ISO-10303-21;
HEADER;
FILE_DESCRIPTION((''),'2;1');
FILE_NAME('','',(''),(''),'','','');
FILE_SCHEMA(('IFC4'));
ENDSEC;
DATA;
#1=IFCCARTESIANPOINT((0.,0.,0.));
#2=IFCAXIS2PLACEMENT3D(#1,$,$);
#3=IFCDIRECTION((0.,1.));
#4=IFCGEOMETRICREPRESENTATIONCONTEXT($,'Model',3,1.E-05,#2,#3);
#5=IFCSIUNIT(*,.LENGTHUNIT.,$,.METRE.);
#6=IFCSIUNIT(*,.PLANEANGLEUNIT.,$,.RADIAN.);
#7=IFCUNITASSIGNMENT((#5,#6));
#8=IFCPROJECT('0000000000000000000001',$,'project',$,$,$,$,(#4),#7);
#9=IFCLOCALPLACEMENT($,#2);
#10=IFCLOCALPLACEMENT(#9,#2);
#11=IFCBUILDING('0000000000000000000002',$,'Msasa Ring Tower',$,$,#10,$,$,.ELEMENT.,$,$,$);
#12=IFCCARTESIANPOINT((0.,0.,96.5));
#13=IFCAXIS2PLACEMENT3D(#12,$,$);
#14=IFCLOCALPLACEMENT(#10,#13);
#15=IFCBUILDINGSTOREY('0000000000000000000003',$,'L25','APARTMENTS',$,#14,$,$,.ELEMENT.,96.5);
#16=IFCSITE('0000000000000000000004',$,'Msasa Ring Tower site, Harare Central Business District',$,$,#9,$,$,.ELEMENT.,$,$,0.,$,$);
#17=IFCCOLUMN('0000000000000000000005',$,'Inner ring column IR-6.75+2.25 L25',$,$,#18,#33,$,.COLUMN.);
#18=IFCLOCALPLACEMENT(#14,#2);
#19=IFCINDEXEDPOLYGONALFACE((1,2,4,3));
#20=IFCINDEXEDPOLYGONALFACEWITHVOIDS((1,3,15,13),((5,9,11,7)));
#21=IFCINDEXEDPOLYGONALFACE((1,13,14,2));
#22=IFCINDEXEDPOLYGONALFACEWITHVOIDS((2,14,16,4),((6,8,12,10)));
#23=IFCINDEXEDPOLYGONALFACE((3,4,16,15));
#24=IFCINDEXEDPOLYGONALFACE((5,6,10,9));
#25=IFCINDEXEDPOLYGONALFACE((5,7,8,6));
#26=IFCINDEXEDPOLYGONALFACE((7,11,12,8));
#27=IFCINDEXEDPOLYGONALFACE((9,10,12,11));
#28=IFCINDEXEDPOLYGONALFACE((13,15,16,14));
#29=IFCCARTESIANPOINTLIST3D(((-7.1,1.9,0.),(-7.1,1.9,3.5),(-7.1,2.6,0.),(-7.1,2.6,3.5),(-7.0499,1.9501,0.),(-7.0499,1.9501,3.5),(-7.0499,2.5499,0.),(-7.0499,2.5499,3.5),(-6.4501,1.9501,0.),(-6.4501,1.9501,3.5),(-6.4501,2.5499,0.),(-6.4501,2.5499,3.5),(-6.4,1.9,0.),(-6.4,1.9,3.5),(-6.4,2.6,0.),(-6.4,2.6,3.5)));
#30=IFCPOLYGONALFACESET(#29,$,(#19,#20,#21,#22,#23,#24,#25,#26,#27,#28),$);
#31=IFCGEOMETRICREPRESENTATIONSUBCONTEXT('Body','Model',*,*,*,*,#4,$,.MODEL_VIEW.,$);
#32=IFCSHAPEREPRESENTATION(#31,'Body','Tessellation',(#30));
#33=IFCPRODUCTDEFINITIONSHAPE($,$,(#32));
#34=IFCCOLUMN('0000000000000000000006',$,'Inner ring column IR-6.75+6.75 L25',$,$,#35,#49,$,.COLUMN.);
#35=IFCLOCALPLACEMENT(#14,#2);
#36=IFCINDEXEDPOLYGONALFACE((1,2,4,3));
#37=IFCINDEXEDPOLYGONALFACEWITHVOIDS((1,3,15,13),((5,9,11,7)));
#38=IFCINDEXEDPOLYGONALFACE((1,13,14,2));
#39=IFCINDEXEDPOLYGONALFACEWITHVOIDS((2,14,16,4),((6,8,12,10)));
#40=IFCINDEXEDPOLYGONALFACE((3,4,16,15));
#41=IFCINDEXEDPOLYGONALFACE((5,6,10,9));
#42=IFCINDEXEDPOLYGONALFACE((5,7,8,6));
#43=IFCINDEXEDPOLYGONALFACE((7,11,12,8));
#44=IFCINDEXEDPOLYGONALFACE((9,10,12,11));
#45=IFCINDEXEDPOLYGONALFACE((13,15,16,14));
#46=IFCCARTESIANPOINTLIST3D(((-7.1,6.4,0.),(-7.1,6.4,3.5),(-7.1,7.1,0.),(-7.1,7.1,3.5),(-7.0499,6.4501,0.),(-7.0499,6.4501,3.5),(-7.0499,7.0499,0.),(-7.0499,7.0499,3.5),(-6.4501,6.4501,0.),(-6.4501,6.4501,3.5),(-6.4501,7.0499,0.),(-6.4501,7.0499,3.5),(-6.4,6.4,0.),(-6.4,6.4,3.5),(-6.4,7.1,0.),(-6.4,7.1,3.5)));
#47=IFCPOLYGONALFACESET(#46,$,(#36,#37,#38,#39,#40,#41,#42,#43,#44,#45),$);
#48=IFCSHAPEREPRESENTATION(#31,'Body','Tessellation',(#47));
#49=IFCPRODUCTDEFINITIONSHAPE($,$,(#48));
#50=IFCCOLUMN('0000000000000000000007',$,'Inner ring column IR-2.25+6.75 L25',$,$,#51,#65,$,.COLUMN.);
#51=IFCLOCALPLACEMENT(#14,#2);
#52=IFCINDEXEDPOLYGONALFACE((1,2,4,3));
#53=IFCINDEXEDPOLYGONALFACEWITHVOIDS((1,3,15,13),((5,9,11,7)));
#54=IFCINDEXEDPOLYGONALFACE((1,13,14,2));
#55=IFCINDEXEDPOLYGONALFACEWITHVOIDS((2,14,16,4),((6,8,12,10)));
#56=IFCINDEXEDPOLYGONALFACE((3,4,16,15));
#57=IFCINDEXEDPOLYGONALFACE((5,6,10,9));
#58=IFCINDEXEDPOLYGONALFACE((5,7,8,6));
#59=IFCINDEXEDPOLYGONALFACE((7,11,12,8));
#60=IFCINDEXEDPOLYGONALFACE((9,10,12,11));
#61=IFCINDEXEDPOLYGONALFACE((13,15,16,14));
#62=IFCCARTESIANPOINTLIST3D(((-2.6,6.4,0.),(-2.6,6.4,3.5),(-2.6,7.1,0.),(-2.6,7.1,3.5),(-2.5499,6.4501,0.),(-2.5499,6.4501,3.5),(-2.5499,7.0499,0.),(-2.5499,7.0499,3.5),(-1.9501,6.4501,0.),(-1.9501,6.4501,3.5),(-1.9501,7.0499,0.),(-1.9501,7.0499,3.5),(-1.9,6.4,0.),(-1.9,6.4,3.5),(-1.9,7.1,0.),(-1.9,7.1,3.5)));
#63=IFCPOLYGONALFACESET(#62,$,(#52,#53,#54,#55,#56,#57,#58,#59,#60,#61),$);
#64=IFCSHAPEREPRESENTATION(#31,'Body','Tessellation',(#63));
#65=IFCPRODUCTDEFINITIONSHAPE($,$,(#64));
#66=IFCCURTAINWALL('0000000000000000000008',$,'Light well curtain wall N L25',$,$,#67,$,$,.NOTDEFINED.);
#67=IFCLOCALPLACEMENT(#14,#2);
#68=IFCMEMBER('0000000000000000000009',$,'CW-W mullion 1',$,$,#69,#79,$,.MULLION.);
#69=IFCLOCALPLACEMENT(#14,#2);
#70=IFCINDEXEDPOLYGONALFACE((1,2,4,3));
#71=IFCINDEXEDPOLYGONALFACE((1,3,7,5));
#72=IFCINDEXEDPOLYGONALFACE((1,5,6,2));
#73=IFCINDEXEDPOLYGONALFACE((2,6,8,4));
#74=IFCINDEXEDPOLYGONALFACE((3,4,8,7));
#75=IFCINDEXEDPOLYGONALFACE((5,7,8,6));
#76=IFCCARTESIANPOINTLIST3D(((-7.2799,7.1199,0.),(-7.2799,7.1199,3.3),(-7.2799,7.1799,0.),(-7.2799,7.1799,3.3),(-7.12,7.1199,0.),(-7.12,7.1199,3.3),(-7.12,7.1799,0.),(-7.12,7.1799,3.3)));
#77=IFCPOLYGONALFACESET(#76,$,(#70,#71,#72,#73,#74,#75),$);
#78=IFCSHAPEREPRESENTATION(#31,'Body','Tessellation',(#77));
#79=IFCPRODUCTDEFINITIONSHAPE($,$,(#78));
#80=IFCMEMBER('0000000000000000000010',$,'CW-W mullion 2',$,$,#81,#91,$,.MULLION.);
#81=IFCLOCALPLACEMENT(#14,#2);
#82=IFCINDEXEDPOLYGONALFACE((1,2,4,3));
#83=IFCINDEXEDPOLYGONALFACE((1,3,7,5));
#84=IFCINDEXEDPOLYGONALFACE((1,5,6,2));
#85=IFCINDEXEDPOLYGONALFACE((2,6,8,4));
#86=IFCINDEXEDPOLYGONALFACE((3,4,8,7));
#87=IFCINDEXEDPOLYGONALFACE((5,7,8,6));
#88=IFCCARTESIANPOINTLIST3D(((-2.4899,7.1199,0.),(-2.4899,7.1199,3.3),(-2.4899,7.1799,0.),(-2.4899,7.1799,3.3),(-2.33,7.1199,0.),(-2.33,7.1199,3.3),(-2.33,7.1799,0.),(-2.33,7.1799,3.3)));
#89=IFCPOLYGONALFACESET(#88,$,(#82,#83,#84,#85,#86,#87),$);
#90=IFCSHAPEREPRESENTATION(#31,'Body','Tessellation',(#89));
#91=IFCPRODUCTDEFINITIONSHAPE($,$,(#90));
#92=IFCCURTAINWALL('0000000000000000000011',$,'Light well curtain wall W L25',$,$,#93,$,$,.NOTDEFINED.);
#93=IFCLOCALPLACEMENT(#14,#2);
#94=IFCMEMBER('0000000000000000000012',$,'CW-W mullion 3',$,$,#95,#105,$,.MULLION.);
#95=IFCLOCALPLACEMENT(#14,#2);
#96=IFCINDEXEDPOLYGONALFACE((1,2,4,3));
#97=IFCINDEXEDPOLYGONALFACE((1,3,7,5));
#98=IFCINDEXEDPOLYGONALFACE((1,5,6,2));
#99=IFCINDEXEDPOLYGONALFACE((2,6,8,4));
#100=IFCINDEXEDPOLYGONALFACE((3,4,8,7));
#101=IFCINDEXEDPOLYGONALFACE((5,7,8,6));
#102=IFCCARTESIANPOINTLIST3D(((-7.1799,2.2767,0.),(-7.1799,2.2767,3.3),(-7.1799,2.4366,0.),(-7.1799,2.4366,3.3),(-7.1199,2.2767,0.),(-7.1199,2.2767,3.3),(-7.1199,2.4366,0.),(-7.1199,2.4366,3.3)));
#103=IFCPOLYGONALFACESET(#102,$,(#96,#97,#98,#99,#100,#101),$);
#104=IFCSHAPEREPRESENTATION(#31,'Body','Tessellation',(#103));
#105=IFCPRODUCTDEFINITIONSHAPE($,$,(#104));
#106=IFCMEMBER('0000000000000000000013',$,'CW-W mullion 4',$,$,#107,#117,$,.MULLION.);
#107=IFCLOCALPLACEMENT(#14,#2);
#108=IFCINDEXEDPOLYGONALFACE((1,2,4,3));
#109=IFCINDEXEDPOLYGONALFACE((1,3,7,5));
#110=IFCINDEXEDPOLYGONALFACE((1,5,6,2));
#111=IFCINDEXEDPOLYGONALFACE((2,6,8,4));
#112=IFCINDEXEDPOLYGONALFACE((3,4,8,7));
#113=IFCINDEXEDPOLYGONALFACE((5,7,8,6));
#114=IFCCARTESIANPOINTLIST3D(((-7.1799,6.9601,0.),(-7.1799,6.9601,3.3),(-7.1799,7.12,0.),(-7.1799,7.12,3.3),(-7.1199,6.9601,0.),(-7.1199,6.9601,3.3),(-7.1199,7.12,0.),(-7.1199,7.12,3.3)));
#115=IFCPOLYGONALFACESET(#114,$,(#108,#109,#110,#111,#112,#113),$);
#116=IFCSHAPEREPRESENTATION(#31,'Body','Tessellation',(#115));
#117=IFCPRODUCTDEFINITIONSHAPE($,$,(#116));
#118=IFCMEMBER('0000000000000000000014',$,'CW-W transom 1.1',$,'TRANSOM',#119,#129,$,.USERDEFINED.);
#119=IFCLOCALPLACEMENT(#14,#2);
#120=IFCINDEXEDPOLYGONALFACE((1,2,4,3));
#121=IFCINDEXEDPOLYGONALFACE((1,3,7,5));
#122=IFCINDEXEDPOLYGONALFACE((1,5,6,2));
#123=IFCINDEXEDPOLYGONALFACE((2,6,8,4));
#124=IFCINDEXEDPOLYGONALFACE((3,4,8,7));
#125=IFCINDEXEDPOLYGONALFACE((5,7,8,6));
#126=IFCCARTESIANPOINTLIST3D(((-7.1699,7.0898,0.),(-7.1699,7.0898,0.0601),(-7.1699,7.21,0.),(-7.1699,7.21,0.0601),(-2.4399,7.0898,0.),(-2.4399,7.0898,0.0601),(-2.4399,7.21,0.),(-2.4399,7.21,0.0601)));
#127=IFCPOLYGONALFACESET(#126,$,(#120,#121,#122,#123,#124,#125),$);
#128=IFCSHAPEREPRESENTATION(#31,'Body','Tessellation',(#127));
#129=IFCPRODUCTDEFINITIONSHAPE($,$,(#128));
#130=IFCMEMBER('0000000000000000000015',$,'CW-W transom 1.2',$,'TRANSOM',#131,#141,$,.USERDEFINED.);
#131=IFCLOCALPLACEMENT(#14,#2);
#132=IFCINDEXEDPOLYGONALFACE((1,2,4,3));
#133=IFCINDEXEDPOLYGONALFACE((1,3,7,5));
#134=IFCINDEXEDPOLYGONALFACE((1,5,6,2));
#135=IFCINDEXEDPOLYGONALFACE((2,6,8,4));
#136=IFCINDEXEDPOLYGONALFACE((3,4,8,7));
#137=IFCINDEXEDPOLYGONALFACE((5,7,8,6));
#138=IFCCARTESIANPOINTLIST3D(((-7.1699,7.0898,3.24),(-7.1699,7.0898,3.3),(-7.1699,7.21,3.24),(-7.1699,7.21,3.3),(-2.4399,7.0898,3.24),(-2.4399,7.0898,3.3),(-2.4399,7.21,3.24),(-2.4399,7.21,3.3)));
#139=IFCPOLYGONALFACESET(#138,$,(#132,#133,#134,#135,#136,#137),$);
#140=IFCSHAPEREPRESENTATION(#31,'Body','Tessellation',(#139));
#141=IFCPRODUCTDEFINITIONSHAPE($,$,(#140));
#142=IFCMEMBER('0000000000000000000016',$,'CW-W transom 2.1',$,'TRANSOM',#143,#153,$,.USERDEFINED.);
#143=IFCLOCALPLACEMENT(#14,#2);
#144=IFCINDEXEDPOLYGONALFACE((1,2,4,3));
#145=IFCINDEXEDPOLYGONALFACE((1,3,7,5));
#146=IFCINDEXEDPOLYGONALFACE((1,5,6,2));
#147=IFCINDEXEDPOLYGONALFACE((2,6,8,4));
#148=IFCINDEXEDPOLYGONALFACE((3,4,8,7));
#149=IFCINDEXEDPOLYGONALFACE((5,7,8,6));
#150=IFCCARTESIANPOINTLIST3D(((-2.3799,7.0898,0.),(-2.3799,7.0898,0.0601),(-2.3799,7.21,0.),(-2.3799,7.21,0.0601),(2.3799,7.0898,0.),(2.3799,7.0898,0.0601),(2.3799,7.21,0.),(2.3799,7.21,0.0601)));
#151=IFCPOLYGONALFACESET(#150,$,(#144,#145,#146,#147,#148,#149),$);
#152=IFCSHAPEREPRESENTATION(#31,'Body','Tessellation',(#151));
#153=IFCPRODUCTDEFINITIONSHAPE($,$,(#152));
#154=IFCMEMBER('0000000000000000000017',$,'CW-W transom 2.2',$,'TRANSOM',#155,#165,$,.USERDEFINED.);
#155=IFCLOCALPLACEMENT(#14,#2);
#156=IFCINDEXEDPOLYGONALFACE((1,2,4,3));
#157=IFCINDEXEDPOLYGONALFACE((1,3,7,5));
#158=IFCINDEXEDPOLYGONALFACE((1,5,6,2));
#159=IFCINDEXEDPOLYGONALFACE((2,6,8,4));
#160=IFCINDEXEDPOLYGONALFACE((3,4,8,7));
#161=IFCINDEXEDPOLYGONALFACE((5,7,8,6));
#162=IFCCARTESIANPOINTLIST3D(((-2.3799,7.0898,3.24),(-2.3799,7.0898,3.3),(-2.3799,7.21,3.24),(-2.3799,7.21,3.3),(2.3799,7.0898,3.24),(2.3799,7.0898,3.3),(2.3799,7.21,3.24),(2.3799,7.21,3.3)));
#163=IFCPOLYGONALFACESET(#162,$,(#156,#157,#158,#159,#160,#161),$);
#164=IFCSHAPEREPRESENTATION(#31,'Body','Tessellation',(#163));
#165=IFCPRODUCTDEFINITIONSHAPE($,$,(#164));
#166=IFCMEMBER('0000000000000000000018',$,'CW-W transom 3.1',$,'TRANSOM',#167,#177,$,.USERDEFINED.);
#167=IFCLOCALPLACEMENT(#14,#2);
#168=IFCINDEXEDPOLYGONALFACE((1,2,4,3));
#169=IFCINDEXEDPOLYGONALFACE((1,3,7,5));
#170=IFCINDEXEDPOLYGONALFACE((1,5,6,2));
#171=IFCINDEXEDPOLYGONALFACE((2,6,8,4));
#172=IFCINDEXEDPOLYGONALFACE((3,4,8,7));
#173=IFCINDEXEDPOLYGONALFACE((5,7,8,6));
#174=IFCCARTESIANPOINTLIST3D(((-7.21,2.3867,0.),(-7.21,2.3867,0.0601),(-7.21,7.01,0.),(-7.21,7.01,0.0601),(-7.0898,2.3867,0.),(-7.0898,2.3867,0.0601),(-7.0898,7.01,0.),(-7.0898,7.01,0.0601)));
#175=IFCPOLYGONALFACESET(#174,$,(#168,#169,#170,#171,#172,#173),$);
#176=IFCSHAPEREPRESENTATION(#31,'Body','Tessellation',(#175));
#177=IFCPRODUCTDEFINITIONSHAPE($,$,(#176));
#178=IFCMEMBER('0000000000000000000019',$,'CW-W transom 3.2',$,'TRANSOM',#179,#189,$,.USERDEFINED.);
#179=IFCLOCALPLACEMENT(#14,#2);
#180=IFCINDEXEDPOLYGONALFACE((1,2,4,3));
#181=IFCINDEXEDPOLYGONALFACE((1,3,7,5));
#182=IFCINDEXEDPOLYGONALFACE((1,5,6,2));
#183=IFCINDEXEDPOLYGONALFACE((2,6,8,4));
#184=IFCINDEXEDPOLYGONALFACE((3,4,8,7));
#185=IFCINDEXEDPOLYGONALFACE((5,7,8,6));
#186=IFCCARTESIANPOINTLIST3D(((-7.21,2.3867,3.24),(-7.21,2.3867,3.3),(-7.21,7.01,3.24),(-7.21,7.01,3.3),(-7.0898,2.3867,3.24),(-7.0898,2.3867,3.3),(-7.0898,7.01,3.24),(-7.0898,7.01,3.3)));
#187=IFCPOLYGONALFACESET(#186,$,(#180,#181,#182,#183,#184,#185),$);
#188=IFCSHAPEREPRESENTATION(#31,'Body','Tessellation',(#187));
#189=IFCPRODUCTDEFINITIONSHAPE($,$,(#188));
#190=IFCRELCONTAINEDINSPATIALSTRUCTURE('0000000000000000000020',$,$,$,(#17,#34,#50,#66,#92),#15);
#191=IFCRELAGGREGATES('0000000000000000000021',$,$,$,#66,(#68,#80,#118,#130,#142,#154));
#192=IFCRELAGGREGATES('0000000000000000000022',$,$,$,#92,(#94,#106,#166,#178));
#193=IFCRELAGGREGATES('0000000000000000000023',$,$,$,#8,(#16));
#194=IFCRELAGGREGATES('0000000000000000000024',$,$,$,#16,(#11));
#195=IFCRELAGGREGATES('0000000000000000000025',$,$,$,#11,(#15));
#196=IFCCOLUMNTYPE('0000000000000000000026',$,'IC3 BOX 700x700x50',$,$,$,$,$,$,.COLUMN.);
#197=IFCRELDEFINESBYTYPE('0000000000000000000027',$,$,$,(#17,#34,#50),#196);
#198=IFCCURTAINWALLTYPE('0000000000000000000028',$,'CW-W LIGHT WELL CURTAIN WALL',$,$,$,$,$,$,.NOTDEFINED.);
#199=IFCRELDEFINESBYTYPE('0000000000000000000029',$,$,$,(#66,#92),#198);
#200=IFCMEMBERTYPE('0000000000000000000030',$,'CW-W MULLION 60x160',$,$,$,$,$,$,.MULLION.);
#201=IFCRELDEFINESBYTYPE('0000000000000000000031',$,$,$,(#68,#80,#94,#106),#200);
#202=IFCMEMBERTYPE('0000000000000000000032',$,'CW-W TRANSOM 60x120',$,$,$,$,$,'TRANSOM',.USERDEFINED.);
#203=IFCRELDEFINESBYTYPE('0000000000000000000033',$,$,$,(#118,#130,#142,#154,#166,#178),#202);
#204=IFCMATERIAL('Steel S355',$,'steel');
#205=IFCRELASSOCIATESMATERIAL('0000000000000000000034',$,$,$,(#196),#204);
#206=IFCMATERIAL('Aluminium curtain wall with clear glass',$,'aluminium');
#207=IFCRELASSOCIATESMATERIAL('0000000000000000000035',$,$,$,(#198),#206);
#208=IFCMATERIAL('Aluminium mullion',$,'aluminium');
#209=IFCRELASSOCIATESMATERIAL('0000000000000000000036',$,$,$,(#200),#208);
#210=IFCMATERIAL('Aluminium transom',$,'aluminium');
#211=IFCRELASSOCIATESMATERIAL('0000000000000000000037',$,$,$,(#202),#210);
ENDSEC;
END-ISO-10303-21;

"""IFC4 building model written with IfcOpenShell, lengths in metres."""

from ifc_helpers import new_model, si_unit, direction, frame, origin, origin_2d, place, context, subcontext, project, spatial, rectangle, hollow_rectangle, extrude, material, material_profile, profile_set, type_object, element, aggregate, save


model = new_model("IFC4")

# Units and contexts
model_context = context("Model", 3, precision=1e-05, world=origin(), true_north=direction((0.0, 1.0)))
body_context = subcontext(model_context, "Body", "Model", "MODEL_VIEW")
ifc_project = project(units=[si_unit("LENGTHUNIT", "METRE"), si_unit("PLANEANGLEUNIT", "RADIAN")], contexts=[model_context])

# Site, building, storey
site_placement = place(None, origin())
site = spatial("IfcSite", under=ifc_project, at=site_placement, Name="Msasa Ring Tower site, Harare Central Business District", CompositionType="ELEMENT", RefElevation=0.0)
building_placement = place(site_placement, origin())
building = spatial("IfcBuilding", under=site, at=building_placement, Name="Msasa Ring Tower", CompositionType="ELEMENT")
storey_placement = place(building_placement, frame((0.0, 0.0, 96.5)))
storey = spatial("IfcBuildingStorey", under=building, at=storey_placement, Name="L25", Description="APARTMENTS", CompositionType="ELEMENT", Elevation=96.5)

# Columns
ifc_material_1 = material(Name="Steel S355", Category="steel")
ifc_material_profile_1 = material_profile(ifc_material_1, hollow_rectangle(XDim=0.7, YDim=0.7, WallThickness=0.05, at=origin_2d()), Name="BOX 700x700x50")
ifc_profile_set_1 = profile_set([ifc_material_profile_1], Name="Steel S355")
column_type = type_object("IfcColumnType", Name="IC3 BOX 700x700x50", PredefinedType="COLUMN", material=ifc_profile_set_1)
for number, where, z_axis, x_axis, name in (
    (1, (-6.75, 2.25, 0.0), (0.0, 0.0, 1.0), (1.0, 0.0, 0.0), "Inner ring column IR-6.75+2.25 L25"),
    (2, (-6.75, 6.75, 0.0), (0.0, 0.0, 1.0), (1.0, 0.0, 0.0), "Inner ring column IR-6.75+6.75 L25"),
    (3, (-2.25, 6.75, 0.0), (0.0, 0.0, 1.0), (1.0, 0.0, 0.0), "Inner ring column IR-2.25+6.75 L25"),
):
    element("IfcColumn", number, at=place(storey_placement, frame(where, z_axis=z_axis, x_axis=x_axis)), inside=storey, type_object=column_type, Name=name, PredefinedType="COLUMN", context=body_context, shape_type="SweptSolid", body=[
        extrude(hollow_rectangle(XDim=0.7, YDim=0.7, WallThickness=0.05, at=origin_2d()), origin(), (0.0, 0.0, 1.0), 3.5),
    ])

# Curtain walls, members
ifc_material_2 = material(Name="Aluminium curtain wall with clear glass", Category="aluminium")
curtain_wall_type = type_object("IfcCurtainWallType", Name="CW-W LIGHT WELL CURTAIN WALL", PredefinedType="NOTDEFINED", material=ifc_material_2)
curtain_wall_1_placement = place(storey_placement, origin())
curtain_wall_1 = element("IfcCurtainWall", 4, at=curtain_wall_1_placement, inside=storey, type_object=curtain_wall_type, Name="Light well curtain wall N L25", PredefinedType="NOTDEFINED")
ifc_material_3 = material(Name="Aluminium mullion", Category="aluminium")
ifc_material_profile_2 = material_profile(ifc_material_3, rectangle(XDim=0.0601, YDim=0.1599, at=origin_2d()), Name="AL 60x160")
ifc_profile_set_2 = profile_set([ifc_material_profile_2], Name="Aluminium mullion")
member_type_1 = type_object("IfcMemberType", Name="CW-W MULLION 60x160", PredefinedType="MULLION", material=ifc_profile_set_2)
member_1_placement = place(storey_placement, frame((-7.2, 7.1499, 0.0), z_axis=(0.0, 0.0, 1.0), x_axis=(0.0, 1.0, 0.0)))
member_1 = element("IfcMember", 5, at=member_1_placement, type_object=member_type_1, Name="CW-W mullion 1", PredefinedType="MULLION", context=body_context, shape_type="SweptSolid", body=[
    extrude(rectangle(XDim=0.0601, YDim=0.1599, at=origin_2d()), origin(), (0.0, 0.0, 1.0), 3.3),
])
member_2_placement = place(storey_placement, frame((-2.4099, 7.1499, 0.0), z_axis=(0.0, 0.0, 1.0), x_axis=(0.0, 1.0, 0.0)))
member_2 = element("IfcMember", 6, at=member_2_placement, type_object=member_type_1, Name="CW-W mullion 2", PredefinedType="MULLION", context=body_context, shape_type="SweptSolid", body=[
    extrude(rectangle(XDim=0.0601, YDim=0.1599, at=origin_2d()), origin(), (0.0, 0.0, 1.0), 3.3),
])
curtain_wall_2_placement = place(storey_placement, origin())
curtain_wall_2 = element("IfcCurtainWall", 7, at=curtain_wall_2_placement, inside=storey, type_object=curtain_wall_type, Name="Light well curtain wall W L25", PredefinedType="NOTDEFINED")
member_3_placement = place(storey_placement, frame((-7.1499, 2.3567, 0.0), z_axis=(0.0, 0.0, 1.0), x_axis=(-1.0, 0.0, 0.0)))
member_3 = element("IfcMember", 8, at=member_3_placement, type_object=member_type_1, Name="CW-W mullion 3", PredefinedType="MULLION", context=body_context, shape_type="SweptSolid", body=[
    extrude(rectangle(XDim=0.0601, YDim=0.1599, at=origin_2d()), origin(), (0.0, 0.0, 1.0), 3.3),
])
member_4_placement = place(storey_placement, frame((-7.1499, 7.04, 0.0), z_axis=(0.0, 0.0, 1.0), x_axis=(-1.0, 0.0, 0.0)))
member_4 = element("IfcMember", 9, at=member_4_placement, type_object=member_type_1, Name="CW-W mullion 4", PredefinedType="MULLION", context=body_context, shape_type="SweptSolid", body=[
    extrude(rectangle(XDim=0.0601, YDim=0.1599, at=origin_2d()), origin(), (0.0, 0.0, 1.0), 3.3),
])

# Members
ifc_material_4 = material(Name="Aluminium transom", Category="aluminium")
ifc_material_profile_3 = material_profile(ifc_material_4, rectangle(XDim=0.1201, YDim=0.0601, at=origin_2d()), Name="AL 60x120")
ifc_profile_set_3 = profile_set([ifc_material_profile_3], Name="Aluminium transom")
member_type_2 = type_object("IfcMemberType", Name="CW-W TRANSOM 60x120", ElementType="TRANSOM", PredefinedType="USERDEFINED", material=ifc_profile_set_3)
member_5_placement = place(storey_placement, frame((-7.1699, 7.1499, 0.03), z_axis=(1.0, 0.0, 0.0), x_axis=(0.0, 1.0, 0.0)))
member_5 = element("IfcMember", 10, at=member_5_placement, type_object=member_type_2, Name="CW-W transom 1.1", ObjectType="TRANSOM", PredefinedType="USERDEFINED", context=body_context, shape_type="SweptSolid", body=[
    extrude(rectangle(XDim=0.1201, YDim=0.0601, at=origin_2d()), origin(), (0.0, 0.0, 1.0), 4.73),
])
member_6_placement = place(storey_placement, frame((-7.1699, 7.1499, 3.27), z_axis=(1.0, 0.0, 0.0), x_axis=(0.0, 1.0, 0.0)))
member_6 = element("IfcMember", 11, at=member_6_placement, type_object=member_type_2, Name="CW-W transom 1.2", ObjectType="TRANSOM", PredefinedType="USERDEFINED", context=body_context, shape_type="SweptSolid", body=[
    extrude(rectangle(XDim=0.1201, YDim=0.0601, at=origin_2d()), origin(), (0.0, 0.0, 1.0), 4.73),
])
member_7_placement = place(storey_placement, frame((-2.3799, 7.1499, 0.03), z_axis=(1.0, 0.0, 0.0), x_axis=(0.0, 1.0, 0.0)))
member_7 = element("IfcMember", 12, at=member_7_placement, type_object=member_type_2, Name="CW-W transom 2.1", ObjectType="TRANSOM", PredefinedType="USERDEFINED", context=body_context, shape_type="SweptSolid", body=[
    extrude(rectangle(XDim=0.1201, YDim=0.0601, at=origin_2d()), origin(), (0.0, 0.0, 1.0), 4.7598),
])
member_8_placement = place(storey_placement, frame((-2.3799, 7.1499, 3.27), z_axis=(1.0, 0.0, 0.0), x_axis=(0.0, 1.0, 0.0)))
member_8 = element("IfcMember", 13, at=member_8_placement, type_object=member_type_2, Name="CW-W transom 2.2", ObjectType="TRANSOM", PredefinedType="USERDEFINED", context=body_context, shape_type="SweptSolid", body=[
    extrude(rectangle(XDim=0.1201, YDim=0.0601, at=origin_2d()), origin(), (0.0, 0.0, 1.0), 4.7598),
])
member_9_placement = place(storey_placement, frame((-7.1499, 2.3867, 0.03), z_axis=(0.0, 1.0, 0.0), x_axis=(-1.0, 0.0, 0.0)))
member_9 = element("IfcMember", 14, at=member_9_placement, type_object=member_type_2, Name="CW-W transom 3.1", ObjectType="TRANSOM", PredefinedType="USERDEFINED", context=body_context, shape_type="SweptSolid", body=[
    extrude(rectangle(XDim=0.1201, YDim=0.0601, at=origin_2d()), origin(), (0.0, 0.0, 1.0), 4.6233),
])
member_10_placement = place(storey_placement, frame((-7.1499, 2.3867, 3.27), z_axis=(0.0, 1.0, 0.0), x_axis=(-1.0, 0.0, 0.0)))
member_10 = element("IfcMember", 15, at=member_10_placement, type_object=member_type_2, Name="CW-W transom 3.2", ObjectType="TRANSOM", PredefinedType="USERDEFINED", context=body_context, shape_type="SweptSolid", body=[
    extrude(rectangle(XDim=0.1201, YDim=0.0601, at=origin_2d()), origin(), (0.0, 0.0, 1.0), 4.6233),
])

aggregate(curtain_wall_1, [member_1, member_2, member_5, member_6, member_7, member_8])
aggregate(curtain_wall_2, [member_3, member_4, member_9, member_10])

save(model, "model.ifc")
